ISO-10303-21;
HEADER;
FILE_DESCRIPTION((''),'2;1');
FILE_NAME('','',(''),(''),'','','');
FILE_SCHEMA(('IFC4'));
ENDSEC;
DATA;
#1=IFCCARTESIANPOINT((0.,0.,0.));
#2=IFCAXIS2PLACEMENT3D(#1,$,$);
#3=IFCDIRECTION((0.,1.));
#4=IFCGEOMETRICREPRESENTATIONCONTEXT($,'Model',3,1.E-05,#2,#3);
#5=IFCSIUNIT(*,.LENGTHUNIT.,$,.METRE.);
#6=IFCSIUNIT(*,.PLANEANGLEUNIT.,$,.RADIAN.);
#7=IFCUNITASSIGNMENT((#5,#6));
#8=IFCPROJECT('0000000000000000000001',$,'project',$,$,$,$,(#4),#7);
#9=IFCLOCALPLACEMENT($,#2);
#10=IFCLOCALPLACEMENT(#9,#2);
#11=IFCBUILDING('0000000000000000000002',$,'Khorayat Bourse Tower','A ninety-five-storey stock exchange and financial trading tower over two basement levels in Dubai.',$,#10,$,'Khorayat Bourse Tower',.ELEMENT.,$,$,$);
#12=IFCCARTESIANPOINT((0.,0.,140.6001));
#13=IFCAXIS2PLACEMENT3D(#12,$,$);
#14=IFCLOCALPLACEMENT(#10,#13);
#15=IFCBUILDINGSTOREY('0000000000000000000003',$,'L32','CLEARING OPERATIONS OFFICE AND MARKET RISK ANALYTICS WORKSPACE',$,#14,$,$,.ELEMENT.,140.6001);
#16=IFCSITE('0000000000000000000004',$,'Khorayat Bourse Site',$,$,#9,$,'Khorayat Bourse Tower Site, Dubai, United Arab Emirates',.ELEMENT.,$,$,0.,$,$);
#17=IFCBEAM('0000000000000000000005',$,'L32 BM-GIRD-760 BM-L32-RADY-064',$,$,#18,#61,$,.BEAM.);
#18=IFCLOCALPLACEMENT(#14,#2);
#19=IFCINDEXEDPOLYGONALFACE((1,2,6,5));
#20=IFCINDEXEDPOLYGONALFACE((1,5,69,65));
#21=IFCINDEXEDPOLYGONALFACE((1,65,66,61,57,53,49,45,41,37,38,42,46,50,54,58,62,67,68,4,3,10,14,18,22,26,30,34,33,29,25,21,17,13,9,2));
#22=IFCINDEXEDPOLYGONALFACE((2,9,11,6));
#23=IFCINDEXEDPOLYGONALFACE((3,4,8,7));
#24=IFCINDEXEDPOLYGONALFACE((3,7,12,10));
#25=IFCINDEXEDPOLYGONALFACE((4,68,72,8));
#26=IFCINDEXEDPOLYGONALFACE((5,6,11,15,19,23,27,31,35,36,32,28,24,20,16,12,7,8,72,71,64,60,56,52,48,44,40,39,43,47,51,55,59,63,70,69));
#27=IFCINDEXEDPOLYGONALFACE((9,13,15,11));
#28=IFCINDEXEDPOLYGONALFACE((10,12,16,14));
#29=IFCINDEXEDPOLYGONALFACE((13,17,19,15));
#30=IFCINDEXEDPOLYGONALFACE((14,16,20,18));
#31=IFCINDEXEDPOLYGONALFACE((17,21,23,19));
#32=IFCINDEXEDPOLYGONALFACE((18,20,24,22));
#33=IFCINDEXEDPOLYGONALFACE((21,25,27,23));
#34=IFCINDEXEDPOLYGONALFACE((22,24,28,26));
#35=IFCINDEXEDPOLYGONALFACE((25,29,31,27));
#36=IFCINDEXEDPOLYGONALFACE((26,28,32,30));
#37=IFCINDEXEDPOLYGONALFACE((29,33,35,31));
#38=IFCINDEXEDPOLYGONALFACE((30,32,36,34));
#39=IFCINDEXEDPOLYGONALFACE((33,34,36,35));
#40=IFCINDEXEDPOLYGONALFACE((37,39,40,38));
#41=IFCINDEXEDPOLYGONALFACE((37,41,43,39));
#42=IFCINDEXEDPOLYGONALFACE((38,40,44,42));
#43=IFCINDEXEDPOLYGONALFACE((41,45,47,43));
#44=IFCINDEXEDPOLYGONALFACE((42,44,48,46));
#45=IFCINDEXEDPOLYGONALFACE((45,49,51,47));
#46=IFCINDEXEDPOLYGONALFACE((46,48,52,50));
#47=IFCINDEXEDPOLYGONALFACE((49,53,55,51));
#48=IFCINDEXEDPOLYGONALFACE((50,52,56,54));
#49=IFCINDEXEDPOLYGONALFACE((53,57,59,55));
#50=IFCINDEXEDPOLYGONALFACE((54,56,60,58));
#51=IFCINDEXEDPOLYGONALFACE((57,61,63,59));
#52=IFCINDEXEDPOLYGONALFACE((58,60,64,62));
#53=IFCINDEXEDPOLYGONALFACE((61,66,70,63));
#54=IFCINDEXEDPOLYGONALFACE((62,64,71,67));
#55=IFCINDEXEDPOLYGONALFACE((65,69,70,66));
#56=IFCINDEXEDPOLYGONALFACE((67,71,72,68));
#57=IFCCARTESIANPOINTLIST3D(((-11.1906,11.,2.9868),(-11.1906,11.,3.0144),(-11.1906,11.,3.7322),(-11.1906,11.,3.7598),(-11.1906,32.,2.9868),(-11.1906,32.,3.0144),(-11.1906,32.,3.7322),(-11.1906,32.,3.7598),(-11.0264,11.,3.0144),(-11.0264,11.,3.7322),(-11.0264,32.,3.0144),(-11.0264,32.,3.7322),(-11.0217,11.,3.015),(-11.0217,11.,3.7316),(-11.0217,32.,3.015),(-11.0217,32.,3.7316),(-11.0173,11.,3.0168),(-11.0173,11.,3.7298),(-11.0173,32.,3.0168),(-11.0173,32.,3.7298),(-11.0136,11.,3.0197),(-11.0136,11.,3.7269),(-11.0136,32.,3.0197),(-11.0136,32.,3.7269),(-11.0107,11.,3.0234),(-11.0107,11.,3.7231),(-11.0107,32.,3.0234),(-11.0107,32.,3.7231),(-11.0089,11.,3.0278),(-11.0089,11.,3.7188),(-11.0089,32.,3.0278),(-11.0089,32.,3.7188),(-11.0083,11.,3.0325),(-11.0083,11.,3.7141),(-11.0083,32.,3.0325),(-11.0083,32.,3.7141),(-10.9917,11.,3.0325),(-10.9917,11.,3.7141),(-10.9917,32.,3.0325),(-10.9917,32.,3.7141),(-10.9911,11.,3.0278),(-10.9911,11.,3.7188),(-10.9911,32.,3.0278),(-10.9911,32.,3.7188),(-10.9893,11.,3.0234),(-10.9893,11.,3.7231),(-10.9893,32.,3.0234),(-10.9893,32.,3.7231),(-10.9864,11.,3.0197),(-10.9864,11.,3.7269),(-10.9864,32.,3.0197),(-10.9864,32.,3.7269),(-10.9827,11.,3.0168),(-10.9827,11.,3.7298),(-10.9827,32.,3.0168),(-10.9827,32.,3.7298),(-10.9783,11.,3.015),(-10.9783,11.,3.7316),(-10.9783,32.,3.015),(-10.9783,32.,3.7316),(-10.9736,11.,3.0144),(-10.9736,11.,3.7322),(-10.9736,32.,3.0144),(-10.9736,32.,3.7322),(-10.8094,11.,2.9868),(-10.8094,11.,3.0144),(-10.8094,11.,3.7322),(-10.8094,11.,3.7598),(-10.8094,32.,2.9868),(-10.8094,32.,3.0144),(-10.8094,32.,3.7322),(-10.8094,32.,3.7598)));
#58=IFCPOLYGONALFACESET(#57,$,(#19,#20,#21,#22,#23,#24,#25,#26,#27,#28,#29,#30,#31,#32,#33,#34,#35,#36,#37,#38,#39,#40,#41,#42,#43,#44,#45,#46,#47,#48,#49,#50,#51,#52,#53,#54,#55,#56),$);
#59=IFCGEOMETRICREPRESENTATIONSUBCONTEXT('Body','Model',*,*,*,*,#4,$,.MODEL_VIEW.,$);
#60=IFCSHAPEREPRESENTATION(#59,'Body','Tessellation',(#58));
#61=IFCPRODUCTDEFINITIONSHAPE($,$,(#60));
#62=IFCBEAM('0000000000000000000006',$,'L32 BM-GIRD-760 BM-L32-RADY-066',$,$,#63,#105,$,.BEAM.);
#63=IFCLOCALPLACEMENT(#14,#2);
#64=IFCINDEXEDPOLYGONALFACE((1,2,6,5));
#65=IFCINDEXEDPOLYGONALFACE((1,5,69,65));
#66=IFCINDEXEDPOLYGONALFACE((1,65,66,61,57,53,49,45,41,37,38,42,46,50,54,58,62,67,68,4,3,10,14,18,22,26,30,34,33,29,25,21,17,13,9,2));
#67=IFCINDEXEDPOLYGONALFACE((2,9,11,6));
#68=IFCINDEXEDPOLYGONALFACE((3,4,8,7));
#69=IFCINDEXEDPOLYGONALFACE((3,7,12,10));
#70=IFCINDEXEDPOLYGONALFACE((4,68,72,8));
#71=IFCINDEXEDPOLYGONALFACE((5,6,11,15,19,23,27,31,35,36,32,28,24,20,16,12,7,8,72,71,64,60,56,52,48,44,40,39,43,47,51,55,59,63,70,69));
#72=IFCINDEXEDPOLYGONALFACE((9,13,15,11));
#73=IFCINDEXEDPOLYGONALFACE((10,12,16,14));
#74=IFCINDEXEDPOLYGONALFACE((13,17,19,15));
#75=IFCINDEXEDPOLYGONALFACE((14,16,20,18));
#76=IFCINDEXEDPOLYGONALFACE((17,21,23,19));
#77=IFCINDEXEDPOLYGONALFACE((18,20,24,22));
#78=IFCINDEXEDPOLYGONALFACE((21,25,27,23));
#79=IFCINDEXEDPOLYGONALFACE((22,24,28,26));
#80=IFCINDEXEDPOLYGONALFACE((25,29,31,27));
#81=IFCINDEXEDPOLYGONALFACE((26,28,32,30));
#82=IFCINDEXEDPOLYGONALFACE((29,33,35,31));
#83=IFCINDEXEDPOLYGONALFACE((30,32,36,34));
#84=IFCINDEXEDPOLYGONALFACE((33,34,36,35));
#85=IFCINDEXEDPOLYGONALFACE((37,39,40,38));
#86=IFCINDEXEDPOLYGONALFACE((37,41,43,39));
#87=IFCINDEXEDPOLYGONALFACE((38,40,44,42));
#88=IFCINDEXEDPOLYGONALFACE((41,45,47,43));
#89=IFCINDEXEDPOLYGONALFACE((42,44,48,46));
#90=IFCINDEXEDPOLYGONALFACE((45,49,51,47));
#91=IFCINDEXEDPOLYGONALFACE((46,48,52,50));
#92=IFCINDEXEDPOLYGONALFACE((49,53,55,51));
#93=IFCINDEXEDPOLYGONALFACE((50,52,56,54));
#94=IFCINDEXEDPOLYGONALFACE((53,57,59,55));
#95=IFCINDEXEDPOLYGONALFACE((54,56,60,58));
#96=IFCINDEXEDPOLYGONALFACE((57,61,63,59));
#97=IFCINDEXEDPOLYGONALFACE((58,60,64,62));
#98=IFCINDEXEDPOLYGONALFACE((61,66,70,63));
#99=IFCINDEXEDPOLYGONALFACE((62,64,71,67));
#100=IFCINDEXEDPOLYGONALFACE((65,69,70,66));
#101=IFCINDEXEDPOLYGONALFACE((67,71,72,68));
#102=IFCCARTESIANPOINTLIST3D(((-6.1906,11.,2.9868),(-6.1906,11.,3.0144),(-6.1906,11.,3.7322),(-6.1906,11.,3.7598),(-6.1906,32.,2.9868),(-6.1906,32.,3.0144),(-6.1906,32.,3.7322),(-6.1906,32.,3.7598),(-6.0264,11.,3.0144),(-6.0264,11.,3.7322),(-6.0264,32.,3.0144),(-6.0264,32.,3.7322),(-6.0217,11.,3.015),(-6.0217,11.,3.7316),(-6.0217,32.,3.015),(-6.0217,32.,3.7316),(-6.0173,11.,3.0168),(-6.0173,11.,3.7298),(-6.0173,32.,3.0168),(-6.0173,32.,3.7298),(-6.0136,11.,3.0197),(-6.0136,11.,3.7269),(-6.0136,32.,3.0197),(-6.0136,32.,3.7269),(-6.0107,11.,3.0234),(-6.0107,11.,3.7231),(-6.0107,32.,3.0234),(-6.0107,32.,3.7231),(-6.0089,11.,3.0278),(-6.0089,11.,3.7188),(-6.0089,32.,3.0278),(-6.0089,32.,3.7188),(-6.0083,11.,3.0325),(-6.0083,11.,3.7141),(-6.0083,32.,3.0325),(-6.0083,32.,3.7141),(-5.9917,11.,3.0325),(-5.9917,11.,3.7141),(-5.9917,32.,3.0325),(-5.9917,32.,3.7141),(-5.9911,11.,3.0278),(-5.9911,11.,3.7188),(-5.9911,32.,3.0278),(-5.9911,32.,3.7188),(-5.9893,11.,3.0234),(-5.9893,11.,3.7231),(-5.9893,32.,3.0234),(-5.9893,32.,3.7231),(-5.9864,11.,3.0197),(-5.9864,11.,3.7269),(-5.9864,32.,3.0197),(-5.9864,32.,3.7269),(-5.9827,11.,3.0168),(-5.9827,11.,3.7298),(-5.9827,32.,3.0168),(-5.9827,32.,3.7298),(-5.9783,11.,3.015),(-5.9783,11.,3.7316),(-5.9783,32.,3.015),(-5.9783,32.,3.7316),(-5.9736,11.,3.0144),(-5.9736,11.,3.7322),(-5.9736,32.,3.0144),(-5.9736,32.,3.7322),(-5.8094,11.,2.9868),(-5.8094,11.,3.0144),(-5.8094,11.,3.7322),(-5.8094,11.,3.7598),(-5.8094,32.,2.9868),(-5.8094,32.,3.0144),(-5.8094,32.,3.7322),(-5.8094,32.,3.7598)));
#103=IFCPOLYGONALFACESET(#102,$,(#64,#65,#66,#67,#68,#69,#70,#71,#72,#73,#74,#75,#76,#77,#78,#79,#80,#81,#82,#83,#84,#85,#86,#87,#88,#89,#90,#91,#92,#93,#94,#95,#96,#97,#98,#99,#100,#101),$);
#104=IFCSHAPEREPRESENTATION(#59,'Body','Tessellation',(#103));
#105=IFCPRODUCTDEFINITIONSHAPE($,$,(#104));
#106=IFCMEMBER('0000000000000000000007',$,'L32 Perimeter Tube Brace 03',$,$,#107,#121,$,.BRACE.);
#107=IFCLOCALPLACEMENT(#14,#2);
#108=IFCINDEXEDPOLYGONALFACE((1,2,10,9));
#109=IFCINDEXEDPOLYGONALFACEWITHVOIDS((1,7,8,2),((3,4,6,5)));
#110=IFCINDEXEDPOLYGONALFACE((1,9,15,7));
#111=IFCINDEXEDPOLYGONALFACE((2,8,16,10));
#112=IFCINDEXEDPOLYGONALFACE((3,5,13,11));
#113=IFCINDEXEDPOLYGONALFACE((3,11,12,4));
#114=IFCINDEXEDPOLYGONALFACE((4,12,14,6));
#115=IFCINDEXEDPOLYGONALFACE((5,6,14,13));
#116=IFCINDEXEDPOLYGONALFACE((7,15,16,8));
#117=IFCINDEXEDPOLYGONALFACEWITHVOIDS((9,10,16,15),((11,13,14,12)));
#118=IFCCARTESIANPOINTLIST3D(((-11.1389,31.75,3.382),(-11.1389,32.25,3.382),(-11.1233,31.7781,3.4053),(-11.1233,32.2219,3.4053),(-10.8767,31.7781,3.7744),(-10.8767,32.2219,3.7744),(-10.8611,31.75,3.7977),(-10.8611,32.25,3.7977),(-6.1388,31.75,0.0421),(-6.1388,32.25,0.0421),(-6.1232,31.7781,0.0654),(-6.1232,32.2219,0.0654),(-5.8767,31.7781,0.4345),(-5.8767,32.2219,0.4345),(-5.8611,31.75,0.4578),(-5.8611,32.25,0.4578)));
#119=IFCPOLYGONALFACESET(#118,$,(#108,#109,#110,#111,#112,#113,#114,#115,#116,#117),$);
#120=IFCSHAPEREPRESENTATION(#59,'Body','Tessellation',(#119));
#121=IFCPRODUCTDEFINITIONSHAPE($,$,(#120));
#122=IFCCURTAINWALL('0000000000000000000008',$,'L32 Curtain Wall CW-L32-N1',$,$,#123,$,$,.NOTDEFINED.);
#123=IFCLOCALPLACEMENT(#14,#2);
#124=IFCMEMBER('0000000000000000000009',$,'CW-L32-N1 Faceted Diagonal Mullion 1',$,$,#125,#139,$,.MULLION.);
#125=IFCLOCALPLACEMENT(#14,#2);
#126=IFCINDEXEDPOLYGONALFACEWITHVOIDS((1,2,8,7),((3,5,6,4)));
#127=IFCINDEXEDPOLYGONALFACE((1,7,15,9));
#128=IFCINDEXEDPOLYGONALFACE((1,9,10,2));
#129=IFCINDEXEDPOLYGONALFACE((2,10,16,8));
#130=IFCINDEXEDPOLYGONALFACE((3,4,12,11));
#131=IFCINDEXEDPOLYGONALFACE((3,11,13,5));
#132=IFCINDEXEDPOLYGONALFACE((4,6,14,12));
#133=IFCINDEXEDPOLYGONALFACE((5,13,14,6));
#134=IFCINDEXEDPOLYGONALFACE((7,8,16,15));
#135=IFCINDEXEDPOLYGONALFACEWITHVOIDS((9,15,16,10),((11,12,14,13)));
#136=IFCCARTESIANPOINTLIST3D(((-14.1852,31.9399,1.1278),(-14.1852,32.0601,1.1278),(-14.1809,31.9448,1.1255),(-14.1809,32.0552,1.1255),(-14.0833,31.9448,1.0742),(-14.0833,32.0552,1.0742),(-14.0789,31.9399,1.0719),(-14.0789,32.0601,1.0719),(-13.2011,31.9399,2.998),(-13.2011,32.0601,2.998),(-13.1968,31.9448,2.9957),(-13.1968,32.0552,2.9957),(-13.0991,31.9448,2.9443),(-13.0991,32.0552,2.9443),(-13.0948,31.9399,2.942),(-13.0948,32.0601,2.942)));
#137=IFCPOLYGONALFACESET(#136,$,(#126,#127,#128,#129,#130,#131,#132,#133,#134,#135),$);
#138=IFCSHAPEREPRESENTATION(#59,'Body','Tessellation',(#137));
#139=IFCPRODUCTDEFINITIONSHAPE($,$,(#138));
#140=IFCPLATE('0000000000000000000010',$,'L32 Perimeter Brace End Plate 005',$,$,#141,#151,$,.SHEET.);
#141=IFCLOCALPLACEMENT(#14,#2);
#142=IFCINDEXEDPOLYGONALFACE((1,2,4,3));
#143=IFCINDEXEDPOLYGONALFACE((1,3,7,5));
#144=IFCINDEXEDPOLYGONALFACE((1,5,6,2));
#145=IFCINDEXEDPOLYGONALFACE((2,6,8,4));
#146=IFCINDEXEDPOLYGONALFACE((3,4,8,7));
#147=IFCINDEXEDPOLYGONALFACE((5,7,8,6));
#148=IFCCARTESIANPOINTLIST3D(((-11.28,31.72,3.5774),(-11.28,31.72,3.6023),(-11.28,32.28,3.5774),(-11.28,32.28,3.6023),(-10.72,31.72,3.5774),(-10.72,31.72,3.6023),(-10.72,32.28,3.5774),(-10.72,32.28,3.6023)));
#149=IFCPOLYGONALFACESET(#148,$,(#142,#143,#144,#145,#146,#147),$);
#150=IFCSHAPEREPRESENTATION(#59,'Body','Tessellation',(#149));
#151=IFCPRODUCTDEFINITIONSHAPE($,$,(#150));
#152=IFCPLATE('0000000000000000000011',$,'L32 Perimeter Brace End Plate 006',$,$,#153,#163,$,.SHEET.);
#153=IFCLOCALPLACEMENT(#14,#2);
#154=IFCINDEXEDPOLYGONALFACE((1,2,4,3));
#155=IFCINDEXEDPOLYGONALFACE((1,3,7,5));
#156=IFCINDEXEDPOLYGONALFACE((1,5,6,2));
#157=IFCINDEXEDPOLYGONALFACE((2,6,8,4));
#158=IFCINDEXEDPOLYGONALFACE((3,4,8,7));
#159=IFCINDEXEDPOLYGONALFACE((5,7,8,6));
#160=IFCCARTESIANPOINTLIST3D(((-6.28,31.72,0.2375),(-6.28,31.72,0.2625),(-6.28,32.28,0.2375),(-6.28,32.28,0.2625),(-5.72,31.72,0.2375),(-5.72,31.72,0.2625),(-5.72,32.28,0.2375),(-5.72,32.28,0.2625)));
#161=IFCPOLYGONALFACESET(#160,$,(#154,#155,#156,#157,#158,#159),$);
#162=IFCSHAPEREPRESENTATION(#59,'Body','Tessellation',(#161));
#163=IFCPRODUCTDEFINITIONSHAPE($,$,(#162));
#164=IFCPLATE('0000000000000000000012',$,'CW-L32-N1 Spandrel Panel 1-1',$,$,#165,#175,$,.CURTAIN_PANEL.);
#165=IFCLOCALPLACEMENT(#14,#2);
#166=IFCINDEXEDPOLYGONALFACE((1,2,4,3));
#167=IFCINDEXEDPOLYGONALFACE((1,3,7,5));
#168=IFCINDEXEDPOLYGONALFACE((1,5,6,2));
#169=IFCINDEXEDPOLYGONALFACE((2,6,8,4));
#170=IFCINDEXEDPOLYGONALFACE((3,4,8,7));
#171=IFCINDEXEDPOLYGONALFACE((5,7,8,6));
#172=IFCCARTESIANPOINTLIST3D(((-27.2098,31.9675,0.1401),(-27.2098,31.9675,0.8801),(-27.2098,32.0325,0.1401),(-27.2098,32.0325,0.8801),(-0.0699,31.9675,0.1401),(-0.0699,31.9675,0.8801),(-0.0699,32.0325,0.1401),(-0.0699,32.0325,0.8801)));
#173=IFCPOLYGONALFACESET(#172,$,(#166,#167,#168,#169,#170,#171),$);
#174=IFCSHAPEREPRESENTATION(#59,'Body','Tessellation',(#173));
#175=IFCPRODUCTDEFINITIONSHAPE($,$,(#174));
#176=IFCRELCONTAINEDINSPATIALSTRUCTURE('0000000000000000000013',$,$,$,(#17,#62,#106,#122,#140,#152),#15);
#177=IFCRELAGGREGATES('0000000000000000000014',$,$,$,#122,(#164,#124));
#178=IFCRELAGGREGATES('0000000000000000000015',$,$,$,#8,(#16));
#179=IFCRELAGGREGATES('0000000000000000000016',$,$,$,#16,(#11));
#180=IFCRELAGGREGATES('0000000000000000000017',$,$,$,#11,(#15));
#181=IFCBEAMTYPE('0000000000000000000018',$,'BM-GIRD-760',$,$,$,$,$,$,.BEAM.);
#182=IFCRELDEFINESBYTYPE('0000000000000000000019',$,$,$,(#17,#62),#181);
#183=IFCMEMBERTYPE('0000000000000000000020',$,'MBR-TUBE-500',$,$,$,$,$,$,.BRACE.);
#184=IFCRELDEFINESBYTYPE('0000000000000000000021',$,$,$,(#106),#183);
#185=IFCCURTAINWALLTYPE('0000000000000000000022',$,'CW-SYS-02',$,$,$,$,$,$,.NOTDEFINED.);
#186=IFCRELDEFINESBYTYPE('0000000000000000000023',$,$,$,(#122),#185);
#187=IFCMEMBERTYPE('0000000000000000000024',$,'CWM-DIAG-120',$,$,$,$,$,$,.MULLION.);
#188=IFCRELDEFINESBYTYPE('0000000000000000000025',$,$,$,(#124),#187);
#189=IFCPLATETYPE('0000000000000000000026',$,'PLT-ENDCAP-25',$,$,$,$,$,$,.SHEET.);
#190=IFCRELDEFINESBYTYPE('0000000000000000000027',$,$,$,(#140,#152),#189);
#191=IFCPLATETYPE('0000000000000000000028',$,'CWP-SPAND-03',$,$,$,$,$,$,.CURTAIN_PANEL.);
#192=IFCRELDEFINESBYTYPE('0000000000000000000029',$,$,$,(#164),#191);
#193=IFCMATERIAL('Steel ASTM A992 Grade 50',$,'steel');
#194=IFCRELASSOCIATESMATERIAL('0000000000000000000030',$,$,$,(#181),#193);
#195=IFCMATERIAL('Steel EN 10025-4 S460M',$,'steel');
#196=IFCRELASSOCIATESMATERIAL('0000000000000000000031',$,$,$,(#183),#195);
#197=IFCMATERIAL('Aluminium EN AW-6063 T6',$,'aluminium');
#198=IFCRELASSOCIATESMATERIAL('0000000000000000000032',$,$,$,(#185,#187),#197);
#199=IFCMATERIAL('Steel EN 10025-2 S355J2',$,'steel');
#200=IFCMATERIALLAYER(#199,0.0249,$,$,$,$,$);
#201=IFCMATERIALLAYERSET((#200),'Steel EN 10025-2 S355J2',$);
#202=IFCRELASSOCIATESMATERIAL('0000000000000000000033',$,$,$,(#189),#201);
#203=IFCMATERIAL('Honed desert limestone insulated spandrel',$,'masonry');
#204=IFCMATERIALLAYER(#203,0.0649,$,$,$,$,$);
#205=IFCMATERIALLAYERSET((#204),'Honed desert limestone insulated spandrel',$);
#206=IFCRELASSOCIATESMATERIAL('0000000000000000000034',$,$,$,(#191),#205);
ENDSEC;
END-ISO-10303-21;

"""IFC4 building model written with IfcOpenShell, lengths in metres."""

from ifc_helpers import new_model, si_unit, direction, frame, origin, origin_2d, place, context, subcontext, project, spatial, rectangle, hollow_rectangle, i_section, extrude, source, transform, mapped, material, layer, layer_set, material_profile, profile_set, type_object, element, aggregate, save


model = new_model("IFC4")

# Units and contexts
model_context = context("Model", 3, precision=1e-05, world=origin(), true_north=direction((0.0, 1.0)))
body_context = subcontext(model_context, "Body", "Model", "MODEL_VIEW")
ifc_project = project(units=[si_unit("LENGTHUNIT", "METRE"), si_unit("PLANEANGLEUNIT", "RADIAN")], contexts=[model_context])

# Site, building, storey
site_placement = place(None, origin())
site = spatial("IfcSite", under=ifc_project, at=site_placement, Name="Khorayat Bourse Site", LongName="Khorayat Bourse Tower Site, Dubai, United Arab Emirates", CompositionType="ELEMENT", RefElevation=0.0)
building_placement = place(site_placement, origin())
building = spatial("IfcBuilding", under=site, at=building_placement, Name="Khorayat Bourse Tower", Description="A ninety-five-storey stock exchange and financial trading tower over two basement levels in Dubai.", LongName="Khorayat Bourse Tower", CompositionType="ELEMENT")
storey_placement = place(building_placement, frame((0.0, 0.0, 140.6001)))
storey = spatial("IfcBuildingStorey", under=building, at=storey_placement, Name="L32", Description="CLEARING OPERATIONS OFFICE AND MARKET RISK ANALYTICS WORKSPACE", CompositionType="ELEMENT", Elevation=140.6001)

# Shared definitions
ifc_material_1 = material(Name="Steel EN 10025-4 S460M", Category="steel")

# Beams
ifc_material_2 = material(Name="Steel ASTM A992 Grade 50", Category="steel")
ifc_material_profile_1 = material_profile(ifc_material_2, i_section(OverallWidth=0.3811, OverallDepth=0.7729, WebThickness=0.0166, FlangeThickness=0.0276, FilletRadius=0.0181, at=origin_2d()), Name="W760X257")
ifc_profile_set_1 = profile_set([ifc_material_profile_1], Name="Steel ASTM A992 Grade 50")
beam_type_1 = type_object("IfcBeamType", Name="BM-GIRD-760", PredefinedType="BEAM", material=ifc_profile_set_1)
shared_shape_1 = source(origin(), body_context, "Body", "SweptSolid", [
    extrude(i_section(OverallWidth=0.3811, OverallDepth=0.7729, WebThickness=0.0166, FlangeThickness=0.0276, FilletRadius=0.0181, at=origin_2d()), origin(), (0.0, 0.0, 1.0), 21.0),
])
for number, where, z_axis, x_axis, name in (
    (1, (-11.0, 11.0, 3.3733), (0.0, 1.0, 0.0), (-1.0, 0.0, 0.0), "L32 BM-GIRD-760 BM-L32-RADY-064"),
    (2, (-6.0, 11.0, 3.3733), (0.0, 1.0, 0.0), (-1.0, 0.0, 0.0), "L32 BM-GIRD-760 BM-L32-RADY-066"),
):
    element("IfcBeam", number, at=place(storey_placement, frame(where, z_axis=z_axis, x_axis=x_axis)), inside=storey, type_object=beam_type_1, Name=name, PredefinedType="BEAM", context=body_context, shape_type="MappedRepresentation", body=[
        mapped(shared_shape_1, transform((0.0, 0.0, 0.0), scale=1.0)),
    ])

# Member
ifc_material_profile_2 = material_profile(ifc_material_1, hollow_rectangle(XDim=0.5, YDim=0.5, WallThickness=0.0281, at=origin_2d()), Name="HSS 500x500x28")
ifc_profile_set_2 = profile_set([ifc_material_profile_2], Name="Steel EN 10025-4 S460M")
member_type_1 = type_object("IfcMemberType", Name="MBR-TUBE-500", PredefinedType="BRACE", material=ifc_profile_set_2)
shared_shape_2 = source(origin(), body_context, "Body", "SweptSolid", [
    extrude(hollow_rectangle(XDim=0.5, YDim=0.5, WallThickness=0.0281, at=origin_2d()), origin(), (0.0, 0.0, 1.0), 6.0129),
])
member_1_placement = place(storey_placement, frame((-11.0, 32.0, 3.5898), z_axis=(0.83155, 0.0, -0.55545), x_axis=(0.0, 1.0, 0.0)))
element("IfcMember", 3, at=member_1_placement, inside=storey, type_object=member_type_1, Name="L32 Perimeter Tube Brace 03", PredefinedType="BRACE", context=body_context, shape_type="MappedRepresentation", body=[
    mapped(shared_shape_2, transform((0.0, 0.0, 0.0), scale=1.0)),
])

# Curtain wall, member
ifc_material_3 = material(Name="Aluminium EN AW-6063 T6", Category="aluminium")
curtain_wall_type = type_object("IfcCurtainWallType", Name="CW-SYS-02", PredefinedType="NOTDEFINED", material=ifc_material_3)
curtain_wall_placement = place(storey_placement, origin())
curtain_wall = element("IfcCurtainWall", 4, at=curtain_wall_placement, inside=storey, type_object=curtain_wall_type, Name="L32 Curtain Wall CW-L32-N1", PredefinedType="NOTDEFINED")
ifc_material_profile_3 = material_profile(ifc_material_3, hollow_rectangle(XDim=0.1201, YDim=0.1201, WallThickness=0.0049, at=origin_2d()), Name="ALU 120x120x5")
ifc_profile_set_3 = profile_set([ifc_material_profile_3], Name="Aluminium EN AW-6063 T6")
member_type_2 = type_object("IfcMemberType", Name="CWM-DIAG-120", PredefinedType="MULLION", material=ifc_profile_set_3)
shared_shape_3 = source(origin(), body_context, "Body", "SweptSolid", [
    extrude(hollow_rectangle(XDim=0.1201, YDim=0.1201, WallThickness=0.0049, at=origin_2d()), origin(), (0.0, 0.0, 1.0), 2.1133),
])
member_2_placement = place(storey_placement, frame((-14.1321, 32.0, 1.0999), z_axis=(0.465694, 0.0, 0.884946), x_axis=(0.0, 1.0, 0.0)))
member_2 = element("IfcMember", 5, at=member_2_placement, type_object=member_type_2, Name="CW-L32-N1 Faceted Diagonal Mullion 1", PredefinedType="MULLION", context=body_context, shape_type="MappedRepresentation", body=[
    mapped(shared_shape_3, transform((0.0, 0.0, 0.0), scale=1.0)),
])

# Plates
ifc_material_4 = material(Name="Steel EN 10025-2 S355J2", Category="steel")
ifc_layer_1 = layer(ifc_material_4, 0.0249)
ifc_layer_set_1 = layer_set([ifc_layer_1], Name="Steel EN 10025-2 S355J2")
plate_type_1 = type_object("IfcPlateType", Name="PLT-ENDCAP-25", PredefinedType="SHEET", material=ifc_layer_set_1)
shared_shape_4 = source(origin(), body_context, "Body", "SweptSolid", [
    extrude(rectangle(XDim=0.5601, YDim=0.5601, at=origin_2d()), origin(), (0.0, 0.0, 1.0), 0.0249),
])
for number, where, z_axis, x_axis, name in (
    (6, (-11.0, 32.0, 3.5774), (0.0, 0.0, 1.0), (1.0, 0.0, 0.0), "L32 Perimeter Brace End Plate 005"),
    (7, (-6.0, 32.0, 0.2375), (0.0, 0.0, 1.0), (1.0, 0.0, 0.0), "L32 Perimeter Brace End Plate 006"),
):
    element("IfcPlate", number, at=place(storey_placement, frame(where, z_axis=z_axis, x_axis=x_axis)), inside=storey, type_object=plate_type_1, Name=name, PredefinedType="SHEET", context=body_context, shape_type="MappedRepresentation", body=[
        mapped(shared_shape_4, transform((0.0, 0.0, 0.0), scale=1.0)),
    ])

# Plate
ifc_material_5 = material(Name="Honed desert limestone insulated spandrel", Category="masonry")
ifc_layer_2 = layer(ifc_material_5, 0.0649)
ifc_layer_set_2 = layer_set([ifc_layer_2], Name="Honed desert limestone insulated spandrel")
plate_type_2 = type_object("IfcPlateType", Name="CWP-SPAND-03", PredefinedType="CURTAIN_PANEL", material=ifc_layer_set_2)
shared_shape_5 = source(origin(), body_context, "Body", "SweptSolid", [
    extrude(rectangle(XDim=27.1399, YDim=0.0649, at=origin_2d()), origin(), (0.0, 0.0, 1.0), 0.74),
])
plate_1_placement = place(storey_placement, frame((-13.6399, 32.0, 0.1401), z_axis=(0.0, 0.0, 1.0), x_axis=(1.0, 0.0, 0.0)))
plate_1 = element("IfcPlate", 8, at=plate_1_placement, type_object=plate_type_2, Name="CW-L32-N1 Spandrel Panel 1-1", PredefinedType="CURTAIN_PANEL", context=body_context, shape_type="MappedRepresentation", body=[
    mapped(shared_shape_5, transform((0.0, 0.0, 0.0), scale=1.0)),
])
aggregate(curtain_wall, [plate_1, member_2])

save(model, "model.ifc")
